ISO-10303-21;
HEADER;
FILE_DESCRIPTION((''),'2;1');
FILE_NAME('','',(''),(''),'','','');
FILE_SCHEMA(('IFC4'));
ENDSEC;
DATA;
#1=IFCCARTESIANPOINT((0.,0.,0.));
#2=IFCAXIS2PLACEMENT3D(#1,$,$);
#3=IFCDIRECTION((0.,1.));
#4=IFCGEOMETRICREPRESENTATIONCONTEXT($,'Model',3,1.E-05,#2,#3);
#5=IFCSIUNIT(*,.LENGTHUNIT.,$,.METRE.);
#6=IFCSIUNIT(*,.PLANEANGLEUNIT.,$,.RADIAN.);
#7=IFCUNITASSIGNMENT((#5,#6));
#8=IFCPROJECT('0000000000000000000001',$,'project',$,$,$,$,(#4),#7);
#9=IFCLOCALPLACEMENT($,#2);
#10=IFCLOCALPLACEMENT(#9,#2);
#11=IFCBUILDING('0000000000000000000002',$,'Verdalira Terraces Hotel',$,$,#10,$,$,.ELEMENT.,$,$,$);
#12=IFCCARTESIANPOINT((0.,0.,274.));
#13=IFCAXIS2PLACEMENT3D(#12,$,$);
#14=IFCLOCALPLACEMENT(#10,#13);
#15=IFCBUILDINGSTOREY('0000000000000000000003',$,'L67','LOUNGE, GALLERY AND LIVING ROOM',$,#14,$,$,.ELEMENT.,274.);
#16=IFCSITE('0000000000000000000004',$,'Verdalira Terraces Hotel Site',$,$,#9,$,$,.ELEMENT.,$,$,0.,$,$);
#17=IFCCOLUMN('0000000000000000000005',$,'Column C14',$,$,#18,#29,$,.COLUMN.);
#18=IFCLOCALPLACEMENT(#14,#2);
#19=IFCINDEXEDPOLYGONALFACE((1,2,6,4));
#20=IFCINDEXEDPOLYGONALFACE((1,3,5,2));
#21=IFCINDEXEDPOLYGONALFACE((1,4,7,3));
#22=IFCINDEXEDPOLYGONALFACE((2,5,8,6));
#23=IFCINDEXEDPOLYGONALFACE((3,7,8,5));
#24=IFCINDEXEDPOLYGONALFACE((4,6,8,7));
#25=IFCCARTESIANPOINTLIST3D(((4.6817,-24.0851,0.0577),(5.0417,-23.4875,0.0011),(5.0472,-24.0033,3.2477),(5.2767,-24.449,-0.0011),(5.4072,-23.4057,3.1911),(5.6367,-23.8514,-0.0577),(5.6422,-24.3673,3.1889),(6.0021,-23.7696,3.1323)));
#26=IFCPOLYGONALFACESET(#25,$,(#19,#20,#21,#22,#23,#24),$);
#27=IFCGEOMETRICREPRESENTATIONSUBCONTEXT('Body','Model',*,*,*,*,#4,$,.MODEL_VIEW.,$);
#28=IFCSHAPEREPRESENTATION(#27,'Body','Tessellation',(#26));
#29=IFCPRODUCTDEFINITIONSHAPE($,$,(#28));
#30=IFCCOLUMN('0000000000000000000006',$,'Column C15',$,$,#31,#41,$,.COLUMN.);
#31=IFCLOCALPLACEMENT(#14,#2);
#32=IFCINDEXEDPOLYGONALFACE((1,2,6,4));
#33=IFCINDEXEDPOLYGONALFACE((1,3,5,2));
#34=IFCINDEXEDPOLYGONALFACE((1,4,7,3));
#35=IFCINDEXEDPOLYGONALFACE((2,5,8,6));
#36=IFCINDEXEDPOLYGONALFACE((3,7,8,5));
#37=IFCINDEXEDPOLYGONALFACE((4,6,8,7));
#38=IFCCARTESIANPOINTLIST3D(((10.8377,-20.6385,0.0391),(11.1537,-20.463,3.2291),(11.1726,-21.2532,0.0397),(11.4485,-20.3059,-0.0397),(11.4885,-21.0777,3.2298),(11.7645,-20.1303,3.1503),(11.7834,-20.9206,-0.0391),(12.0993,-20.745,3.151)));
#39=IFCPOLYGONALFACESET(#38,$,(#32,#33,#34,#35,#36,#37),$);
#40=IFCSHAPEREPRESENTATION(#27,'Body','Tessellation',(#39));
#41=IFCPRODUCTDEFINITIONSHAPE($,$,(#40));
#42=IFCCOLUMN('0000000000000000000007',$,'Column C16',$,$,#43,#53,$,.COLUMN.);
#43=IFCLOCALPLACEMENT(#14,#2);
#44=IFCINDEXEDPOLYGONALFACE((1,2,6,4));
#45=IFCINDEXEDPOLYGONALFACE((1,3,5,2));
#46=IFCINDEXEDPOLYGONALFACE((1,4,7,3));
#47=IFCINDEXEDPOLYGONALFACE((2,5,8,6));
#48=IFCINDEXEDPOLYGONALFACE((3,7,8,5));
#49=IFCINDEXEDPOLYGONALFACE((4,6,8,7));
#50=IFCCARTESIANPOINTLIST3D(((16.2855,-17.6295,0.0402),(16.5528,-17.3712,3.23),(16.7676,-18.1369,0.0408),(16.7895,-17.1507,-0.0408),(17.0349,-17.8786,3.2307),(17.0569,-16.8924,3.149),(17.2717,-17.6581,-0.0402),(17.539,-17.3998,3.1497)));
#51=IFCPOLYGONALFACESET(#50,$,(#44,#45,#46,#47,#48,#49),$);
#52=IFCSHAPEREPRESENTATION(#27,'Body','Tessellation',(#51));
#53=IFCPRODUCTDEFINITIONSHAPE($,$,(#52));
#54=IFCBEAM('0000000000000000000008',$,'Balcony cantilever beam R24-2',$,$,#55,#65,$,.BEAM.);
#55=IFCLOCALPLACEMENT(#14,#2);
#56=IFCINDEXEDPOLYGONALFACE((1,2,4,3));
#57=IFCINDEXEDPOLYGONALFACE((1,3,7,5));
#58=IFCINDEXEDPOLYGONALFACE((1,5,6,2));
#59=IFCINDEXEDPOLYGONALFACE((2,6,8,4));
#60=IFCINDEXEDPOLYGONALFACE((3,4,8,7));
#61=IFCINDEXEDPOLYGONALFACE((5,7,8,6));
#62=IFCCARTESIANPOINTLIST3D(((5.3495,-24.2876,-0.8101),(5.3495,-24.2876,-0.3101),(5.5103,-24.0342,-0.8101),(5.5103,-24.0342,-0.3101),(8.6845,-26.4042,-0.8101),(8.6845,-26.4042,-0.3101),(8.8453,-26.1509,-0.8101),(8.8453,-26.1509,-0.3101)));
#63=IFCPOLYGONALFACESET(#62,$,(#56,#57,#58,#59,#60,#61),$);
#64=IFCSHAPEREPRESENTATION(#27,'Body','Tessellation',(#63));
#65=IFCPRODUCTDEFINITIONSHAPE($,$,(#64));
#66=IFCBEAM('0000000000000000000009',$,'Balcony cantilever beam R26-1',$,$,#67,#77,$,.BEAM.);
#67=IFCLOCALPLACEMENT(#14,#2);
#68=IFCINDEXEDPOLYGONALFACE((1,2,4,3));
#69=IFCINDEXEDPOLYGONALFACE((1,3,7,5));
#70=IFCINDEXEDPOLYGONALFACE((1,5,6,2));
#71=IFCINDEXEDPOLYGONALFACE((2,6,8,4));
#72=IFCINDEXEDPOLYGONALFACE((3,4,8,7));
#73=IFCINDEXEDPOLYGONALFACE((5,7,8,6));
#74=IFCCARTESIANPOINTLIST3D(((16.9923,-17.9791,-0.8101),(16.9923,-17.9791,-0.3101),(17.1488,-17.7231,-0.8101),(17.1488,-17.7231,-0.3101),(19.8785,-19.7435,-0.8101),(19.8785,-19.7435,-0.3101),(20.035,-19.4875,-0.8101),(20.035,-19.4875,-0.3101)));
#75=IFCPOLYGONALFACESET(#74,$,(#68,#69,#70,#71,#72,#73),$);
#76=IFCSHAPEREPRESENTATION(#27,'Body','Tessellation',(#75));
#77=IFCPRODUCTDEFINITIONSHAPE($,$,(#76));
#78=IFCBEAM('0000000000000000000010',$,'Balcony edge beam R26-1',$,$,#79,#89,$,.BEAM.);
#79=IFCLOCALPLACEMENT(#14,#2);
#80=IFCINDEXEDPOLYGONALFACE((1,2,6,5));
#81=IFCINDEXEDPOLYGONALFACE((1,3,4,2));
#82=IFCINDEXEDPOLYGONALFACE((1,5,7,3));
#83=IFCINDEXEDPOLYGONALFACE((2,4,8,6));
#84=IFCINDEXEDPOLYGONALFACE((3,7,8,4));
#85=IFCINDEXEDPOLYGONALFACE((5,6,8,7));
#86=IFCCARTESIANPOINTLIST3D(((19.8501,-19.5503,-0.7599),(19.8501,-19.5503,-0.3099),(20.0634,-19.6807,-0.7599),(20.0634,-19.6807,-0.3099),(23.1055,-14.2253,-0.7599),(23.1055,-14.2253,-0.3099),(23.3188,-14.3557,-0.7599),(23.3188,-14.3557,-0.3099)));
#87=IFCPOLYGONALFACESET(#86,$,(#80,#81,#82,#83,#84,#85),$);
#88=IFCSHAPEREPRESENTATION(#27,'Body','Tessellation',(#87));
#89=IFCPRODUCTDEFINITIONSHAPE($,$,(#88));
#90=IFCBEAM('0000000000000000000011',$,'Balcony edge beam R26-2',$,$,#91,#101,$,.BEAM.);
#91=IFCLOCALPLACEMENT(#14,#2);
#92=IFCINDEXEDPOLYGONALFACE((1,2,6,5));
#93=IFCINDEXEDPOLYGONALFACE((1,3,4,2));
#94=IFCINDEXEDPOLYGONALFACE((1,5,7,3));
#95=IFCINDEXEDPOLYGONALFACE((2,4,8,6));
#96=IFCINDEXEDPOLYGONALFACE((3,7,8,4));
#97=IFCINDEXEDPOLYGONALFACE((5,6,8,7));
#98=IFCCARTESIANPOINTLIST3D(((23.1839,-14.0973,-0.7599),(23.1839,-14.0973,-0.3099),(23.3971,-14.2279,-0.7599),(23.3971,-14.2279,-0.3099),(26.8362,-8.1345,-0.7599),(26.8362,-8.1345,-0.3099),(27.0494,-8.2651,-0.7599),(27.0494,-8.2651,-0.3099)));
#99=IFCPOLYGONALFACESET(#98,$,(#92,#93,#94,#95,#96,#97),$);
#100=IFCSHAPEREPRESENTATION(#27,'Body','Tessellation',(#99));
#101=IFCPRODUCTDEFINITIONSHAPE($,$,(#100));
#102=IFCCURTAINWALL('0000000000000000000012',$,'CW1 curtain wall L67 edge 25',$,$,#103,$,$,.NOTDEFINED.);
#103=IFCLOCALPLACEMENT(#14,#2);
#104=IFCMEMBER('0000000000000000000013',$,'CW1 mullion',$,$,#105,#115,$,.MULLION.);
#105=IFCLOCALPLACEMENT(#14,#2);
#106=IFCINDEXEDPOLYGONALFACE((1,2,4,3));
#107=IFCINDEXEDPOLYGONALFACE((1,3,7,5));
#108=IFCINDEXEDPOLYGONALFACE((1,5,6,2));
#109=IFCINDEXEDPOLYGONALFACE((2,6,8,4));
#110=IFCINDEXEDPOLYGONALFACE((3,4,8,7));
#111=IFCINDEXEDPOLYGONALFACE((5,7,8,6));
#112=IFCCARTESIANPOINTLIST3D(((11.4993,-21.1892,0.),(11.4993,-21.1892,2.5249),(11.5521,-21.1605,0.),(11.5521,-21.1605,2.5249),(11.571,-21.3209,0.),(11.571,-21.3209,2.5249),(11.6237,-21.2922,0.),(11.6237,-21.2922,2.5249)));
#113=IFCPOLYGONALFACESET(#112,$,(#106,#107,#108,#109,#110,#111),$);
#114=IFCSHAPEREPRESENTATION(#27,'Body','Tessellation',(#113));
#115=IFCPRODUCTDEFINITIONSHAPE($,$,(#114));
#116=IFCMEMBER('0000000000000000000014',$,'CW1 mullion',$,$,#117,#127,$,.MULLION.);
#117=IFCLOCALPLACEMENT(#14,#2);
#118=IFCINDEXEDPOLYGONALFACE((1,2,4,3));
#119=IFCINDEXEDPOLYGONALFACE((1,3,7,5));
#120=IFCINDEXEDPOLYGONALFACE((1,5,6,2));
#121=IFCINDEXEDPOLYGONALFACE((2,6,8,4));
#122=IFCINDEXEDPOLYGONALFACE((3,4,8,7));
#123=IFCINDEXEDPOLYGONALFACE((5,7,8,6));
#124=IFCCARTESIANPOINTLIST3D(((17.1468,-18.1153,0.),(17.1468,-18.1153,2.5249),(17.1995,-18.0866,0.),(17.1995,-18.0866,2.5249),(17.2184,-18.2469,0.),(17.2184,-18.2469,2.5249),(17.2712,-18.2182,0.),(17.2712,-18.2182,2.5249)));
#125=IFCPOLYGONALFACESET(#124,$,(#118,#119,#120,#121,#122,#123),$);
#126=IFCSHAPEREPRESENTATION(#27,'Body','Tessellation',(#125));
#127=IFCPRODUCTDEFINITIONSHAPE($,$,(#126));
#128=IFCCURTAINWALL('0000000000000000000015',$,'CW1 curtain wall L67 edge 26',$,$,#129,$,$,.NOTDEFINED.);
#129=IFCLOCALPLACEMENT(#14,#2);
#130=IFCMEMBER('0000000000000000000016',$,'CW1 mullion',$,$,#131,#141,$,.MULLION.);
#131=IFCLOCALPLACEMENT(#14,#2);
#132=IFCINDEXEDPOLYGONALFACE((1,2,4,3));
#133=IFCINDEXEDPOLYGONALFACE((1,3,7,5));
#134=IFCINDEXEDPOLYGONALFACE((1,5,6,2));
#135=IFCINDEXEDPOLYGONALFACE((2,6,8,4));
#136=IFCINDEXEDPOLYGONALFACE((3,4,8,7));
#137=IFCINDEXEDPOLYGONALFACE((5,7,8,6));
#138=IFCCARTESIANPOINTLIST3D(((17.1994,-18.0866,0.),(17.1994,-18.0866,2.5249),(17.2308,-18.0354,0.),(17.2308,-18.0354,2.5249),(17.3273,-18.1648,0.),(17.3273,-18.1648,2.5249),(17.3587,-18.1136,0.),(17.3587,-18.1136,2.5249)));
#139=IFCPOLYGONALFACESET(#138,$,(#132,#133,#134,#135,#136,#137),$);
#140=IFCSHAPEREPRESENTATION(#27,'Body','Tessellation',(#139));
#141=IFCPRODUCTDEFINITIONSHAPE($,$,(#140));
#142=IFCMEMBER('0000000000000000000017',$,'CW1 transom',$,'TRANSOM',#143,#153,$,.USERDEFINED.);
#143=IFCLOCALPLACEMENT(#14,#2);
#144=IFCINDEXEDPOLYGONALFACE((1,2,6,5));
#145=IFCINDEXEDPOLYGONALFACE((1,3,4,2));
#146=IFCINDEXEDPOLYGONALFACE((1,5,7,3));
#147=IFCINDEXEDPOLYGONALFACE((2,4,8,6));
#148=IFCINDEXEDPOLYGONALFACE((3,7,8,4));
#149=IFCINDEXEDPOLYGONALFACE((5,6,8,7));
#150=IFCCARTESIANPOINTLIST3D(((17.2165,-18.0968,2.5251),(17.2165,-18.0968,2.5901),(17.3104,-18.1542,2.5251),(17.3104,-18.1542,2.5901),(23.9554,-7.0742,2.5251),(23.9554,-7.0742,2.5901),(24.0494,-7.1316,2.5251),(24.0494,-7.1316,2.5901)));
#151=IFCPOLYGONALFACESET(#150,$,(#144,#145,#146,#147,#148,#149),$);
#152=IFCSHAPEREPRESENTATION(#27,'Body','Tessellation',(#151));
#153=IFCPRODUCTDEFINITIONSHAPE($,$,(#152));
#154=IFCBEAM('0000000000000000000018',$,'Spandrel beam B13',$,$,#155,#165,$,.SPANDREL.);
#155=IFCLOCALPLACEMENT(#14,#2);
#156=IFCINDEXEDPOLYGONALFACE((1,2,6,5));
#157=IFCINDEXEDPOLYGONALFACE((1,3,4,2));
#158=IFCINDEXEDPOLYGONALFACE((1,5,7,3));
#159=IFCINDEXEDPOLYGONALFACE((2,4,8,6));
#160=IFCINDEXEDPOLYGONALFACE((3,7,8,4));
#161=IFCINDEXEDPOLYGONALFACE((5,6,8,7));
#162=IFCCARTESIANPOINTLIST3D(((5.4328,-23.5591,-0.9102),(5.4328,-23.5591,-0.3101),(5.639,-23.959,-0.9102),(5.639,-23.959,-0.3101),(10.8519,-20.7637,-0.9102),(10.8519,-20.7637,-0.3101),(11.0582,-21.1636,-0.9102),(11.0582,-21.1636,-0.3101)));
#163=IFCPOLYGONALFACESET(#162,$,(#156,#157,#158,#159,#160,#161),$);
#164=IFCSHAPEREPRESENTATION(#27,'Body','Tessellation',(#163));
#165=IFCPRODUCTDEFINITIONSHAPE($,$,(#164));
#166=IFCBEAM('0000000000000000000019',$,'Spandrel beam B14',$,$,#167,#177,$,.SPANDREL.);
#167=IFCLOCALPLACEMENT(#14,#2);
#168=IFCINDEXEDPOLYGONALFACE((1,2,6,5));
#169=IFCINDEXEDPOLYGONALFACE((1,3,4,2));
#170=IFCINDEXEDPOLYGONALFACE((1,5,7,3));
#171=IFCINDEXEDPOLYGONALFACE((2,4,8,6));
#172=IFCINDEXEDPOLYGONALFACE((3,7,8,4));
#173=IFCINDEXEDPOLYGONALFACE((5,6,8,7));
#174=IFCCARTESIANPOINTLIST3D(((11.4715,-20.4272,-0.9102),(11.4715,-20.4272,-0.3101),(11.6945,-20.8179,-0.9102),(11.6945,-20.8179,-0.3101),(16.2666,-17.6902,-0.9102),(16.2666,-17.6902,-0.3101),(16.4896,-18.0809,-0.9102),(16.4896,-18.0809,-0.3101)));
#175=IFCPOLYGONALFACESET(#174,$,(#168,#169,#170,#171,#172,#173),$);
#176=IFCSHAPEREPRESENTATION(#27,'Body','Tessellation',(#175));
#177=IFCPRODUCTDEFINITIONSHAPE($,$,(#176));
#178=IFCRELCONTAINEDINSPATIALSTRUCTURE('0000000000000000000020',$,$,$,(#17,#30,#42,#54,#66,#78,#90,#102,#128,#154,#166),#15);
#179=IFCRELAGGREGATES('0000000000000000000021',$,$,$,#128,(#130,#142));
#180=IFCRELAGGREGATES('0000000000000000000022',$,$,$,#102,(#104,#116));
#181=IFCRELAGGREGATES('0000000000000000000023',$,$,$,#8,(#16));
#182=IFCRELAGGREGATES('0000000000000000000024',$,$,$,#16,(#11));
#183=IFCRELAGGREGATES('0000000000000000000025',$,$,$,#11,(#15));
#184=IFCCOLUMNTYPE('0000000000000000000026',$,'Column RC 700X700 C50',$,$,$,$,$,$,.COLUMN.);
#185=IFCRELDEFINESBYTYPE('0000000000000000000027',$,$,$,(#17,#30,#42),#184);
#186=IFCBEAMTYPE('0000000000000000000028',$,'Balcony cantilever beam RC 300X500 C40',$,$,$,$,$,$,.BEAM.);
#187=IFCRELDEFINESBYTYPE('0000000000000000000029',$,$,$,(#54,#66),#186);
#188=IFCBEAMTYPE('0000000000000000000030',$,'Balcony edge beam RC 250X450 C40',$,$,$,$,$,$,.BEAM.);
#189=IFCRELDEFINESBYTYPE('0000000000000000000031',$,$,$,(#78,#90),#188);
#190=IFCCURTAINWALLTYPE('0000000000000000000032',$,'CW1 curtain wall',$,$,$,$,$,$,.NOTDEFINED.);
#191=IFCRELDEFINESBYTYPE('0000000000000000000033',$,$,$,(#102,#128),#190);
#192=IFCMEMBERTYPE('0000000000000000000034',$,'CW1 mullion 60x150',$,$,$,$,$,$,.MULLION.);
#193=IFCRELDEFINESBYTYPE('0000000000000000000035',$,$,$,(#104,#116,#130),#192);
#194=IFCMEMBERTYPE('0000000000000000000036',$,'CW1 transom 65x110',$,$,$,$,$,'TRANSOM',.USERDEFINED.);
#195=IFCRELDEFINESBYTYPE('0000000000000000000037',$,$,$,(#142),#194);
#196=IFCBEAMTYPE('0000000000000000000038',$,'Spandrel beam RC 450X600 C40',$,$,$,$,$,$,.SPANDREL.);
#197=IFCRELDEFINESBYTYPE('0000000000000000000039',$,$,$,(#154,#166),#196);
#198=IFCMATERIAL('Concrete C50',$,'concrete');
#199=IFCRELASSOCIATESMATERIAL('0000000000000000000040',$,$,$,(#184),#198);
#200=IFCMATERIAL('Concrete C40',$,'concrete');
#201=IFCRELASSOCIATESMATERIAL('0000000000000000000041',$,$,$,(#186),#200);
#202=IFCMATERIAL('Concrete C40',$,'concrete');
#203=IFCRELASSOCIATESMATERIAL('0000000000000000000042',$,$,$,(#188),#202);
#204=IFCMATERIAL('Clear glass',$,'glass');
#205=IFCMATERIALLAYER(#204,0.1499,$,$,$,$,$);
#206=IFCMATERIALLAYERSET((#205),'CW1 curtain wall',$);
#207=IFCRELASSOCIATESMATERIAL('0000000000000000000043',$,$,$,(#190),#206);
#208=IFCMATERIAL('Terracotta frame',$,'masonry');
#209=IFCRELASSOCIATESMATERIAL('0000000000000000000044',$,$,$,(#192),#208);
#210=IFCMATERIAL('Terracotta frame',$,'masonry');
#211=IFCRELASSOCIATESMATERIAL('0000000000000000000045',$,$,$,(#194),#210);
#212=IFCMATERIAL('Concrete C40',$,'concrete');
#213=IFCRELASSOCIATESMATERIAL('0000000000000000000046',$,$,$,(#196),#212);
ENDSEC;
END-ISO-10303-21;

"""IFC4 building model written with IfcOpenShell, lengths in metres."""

from ifc_helpers import new_model, si_unit, direction, frame, origin, origin_2d, place, context, subcontext, project, spatial, rectangle, extrude, material, layer, layer_set, material_profile, profile_set, type_object, element, aggregate, save


model = new_model("IFC4")

# Units and contexts
model_context = context("Model", 3, precision=1e-05, world=origin(), true_north=direction((0.0, 1.0)))
body_context = subcontext(model_context, "Body", "Model", "MODEL_VIEW")
ifc_project = project(units=[si_unit("LENGTHUNIT", "METRE"), si_unit("PLANEANGLEUNIT", "RADIAN")], contexts=[model_context])

# Site, building, storey
site_placement = place(None, origin())
site = spatial("IfcSite", under=ifc_project, at=site_placement, Name="Verdalira Terraces Hotel Site", CompositionType="ELEMENT", RefElevation=0.0)
building_placement = place(site_placement, origin())
building = spatial("IfcBuilding", under=site, at=building_placement, Name="Verdalira Terraces Hotel", CompositionType="ELEMENT")
storey_placement = place(building_placement, frame((0.0, 0.0, 274.0)))
storey = spatial("IfcBuildingStorey", under=building, at=storey_placement, Name="L67", Description="LOUNGE, GALLERY AND LIVING ROOM", CompositionType="ELEMENT", Elevation=274.0)

# Columns
ifc_material_1 = material(Name="Concrete C50", Category="concrete")
ifc_material_profile_1 = material_profile(ifc_material_1, rectangle(XDim=0.7, YDim=0.7, at=origin_2d()), Name="RC 700X700")
ifc_profile_set_1 = profile_set([ifc_material_profile_1], Name="Concrete C50")
column_type = type_object("IfcColumnType", Name="Column RC 700X700 C50", PredefinedType="COLUMN", material=ifc_profile_set_1)
column_1_placement = place(storey_placement, frame((5.1592, -23.9683, 0.0), z_axis=(0.113791, 0.025464, 0.993178), x_axis=(-0.514281, -0.853806, 0.080813)))
element("IfcColumn", 1, at=column_1_placement, inside=storey, type_object=column_type, Name="Column C14", PredefinedType="COLUMN", context=body_context, shape_type="SweptSolid", body=[
    extrude(rectangle(XDim=0.7, YDim=0.7, at=origin_2d()), origin(), (0.0, 0.0, 1.0), 3.2119),
])
column_2_placement = place(storey_placement, frame((11.3105, -20.7795, 0.0), z_axis=(0.098406, 0.054679, 0.993643), x_axis=(0.872633, 0.475225, -0.112573)))
element("IfcColumn", 2, at=column_2_placement, inside=storey, type_object=column_type, Name="Column C15", PredefinedType="COLUMN", context=body_context, shape_type="SweptSolid", body=[
    extrude(rectangle(XDim=0.7, YDim=0.7, at=origin_2d()), origin(), (0.0, 0.0, 1.0), 3.2104),
])
column_3_placement = place(storey_placement, frame((16.7786, -17.6438, 0.0), z_axis=(0.083242, 0.080429, 0.993278), x_axis=(-0.720153, -0.684092, 0.115746)))
element("IfcColumn", 3, at=column_3_placement, inside=storey, type_object=column_type, Name="Column C16", PredefinedType="COLUMN", context=body_context, shape_type="SweptSolid", body=[
    extrude(rectangle(XDim=0.7, YDim=0.7, at=origin_2d()), origin(), (0.0, 0.0, 1.0), 3.2114),
])

# Beams
ifc_material_2 = material(Name="Concrete C40", Category="concrete")
ifc_material_profile_2 = material_profile(ifc_material_2, rectangle(XDim=0.3, YDim=0.5, at=origin_2d()), Name="RC 300X500")
ifc_profile_set_2 = profile_set([ifc_material_profile_2], Name="Concrete C40")
beam_type_1 = type_object("IfcBeamType", Name="Balcony cantilever beam RC 300X500 C40", PredefinedType="BEAM", material=ifc_profile_set_2)
beam_1_placement = place(storey_placement, frame((5.4299, -24.1609, -0.5601), z_axis=(0.844297, -0.535875, 0.0), x_axis=(0.535875, 0.844297, 0.0)))
element("IfcBeam", 4, at=beam_1_placement, inside=storey, type_object=beam_type_1, Name="Balcony cantilever beam R24-2", PredefinedType="BEAM", context=body_context, shape_type="SweptSolid", body=[
    extrude(rectangle(XDim=0.3, YDim=0.5, at=origin_2d()), origin(), (0.0, 0.0, 1.0), 3.95),
])
beam_2_placement = place(storey_placement, frame((17.0706, -17.8511, -0.5601), z_axis=(0.853203, -0.521578, 0.0), x_axis=(0.521578, 0.853203, 0.0)))
element("IfcBeam", 5, at=beam_2_placement, inside=storey, type_object=beam_type_1, Name="Balcony cantilever beam R26-1", PredefinedType="BEAM", context=body_context, shape_type="SweptSolid", body=[
    extrude(rectangle(XDim=0.3, YDim=0.5, at=origin_2d()), origin(), (0.0, 0.0, 1.0), 3.3828),
])
ifc_material_3 = material(Name="Concrete C40", Category="concrete")
ifc_material_profile_3 = material_profile(ifc_material_3, rectangle(XDim=0.25, YDim=0.45, at=origin_2d()), Name="RC 250X450")
ifc_profile_set_3 = profile_set([ifc_material_profile_3], Name="Concrete C40")
beam_type_2 = type_object("IfcBeamType", Name="Balcony edge beam RC 250X450 C40", PredefinedType="BEAM", material=ifc_profile_set_3)
beam_3_placement = place(storey_placement, frame((19.9568, -19.6155, -0.5349), z_axis=(0.521594, 0.853194, 0.0), x_axis=(-0.853194, 0.521594, 0.0)))
element("IfcBeam", 6, at=beam_3_placement, inside=storey, type_object=beam_type_2, Name="Balcony edge beam R26-1", PredefinedType="BEAM", context=body_context, shape_type="SweptSolid", body=[
    extrude(rectangle(XDim=0.25, YDim=0.45, at=origin_2d()), origin(), (0.0, 0.0, 1.0), 6.2412),
])
beam_4_placement = place(storey_placement, frame((23.2905, -14.1626, -0.5349), z_axis=(0.52232, 0.85275, 0.0), x_axis=(-0.85275, 0.52232, 0.0)))
element("IfcBeam", 7, at=beam_4_placement, inside=storey, type_object=beam_type_2, Name="Balcony edge beam R26-2", PredefinedType="BEAM", context=body_context, shape_type="SweptSolid", body=[
    extrude(rectangle(XDim=0.25, YDim=0.45, at=origin_2d()), origin(), (0.0, 0.0, 1.0), 6.9924),
])

# Curtain walls, members
ifc_material_4 = material(Name="Clear glass", Category="glass")
ifc_layer_1 = layer(ifc_material_4, 0.1499)
ifc_layer_set_1 = layer_set([ifc_layer_1], Name="CW1 curtain wall")
curtain_wall_type = type_object("IfcCurtainWallType", Name="CW1 curtain wall", PredefinedType="NOTDEFINED", material=ifc_layer_set_1)
curtain_wall_1_placement = place(storey_placement, origin())
curtain_wall_1 = element("IfcCurtainWall", 8, at=curtain_wall_1_placement, inside=storey, type_object=curtain_wall_type, Name="CW1 curtain wall L67 edge 25", PredefinedType="NOTDEFINED")
ifc_material_5 = material(Name="Terracotta frame", Category="masonry")
ifc_material_profile_4 = material_profile(ifc_material_5, rectangle(XDim=0.0601, YDim=0.1499, at=origin_2d()), Name="MU 60x150")
ifc_profile_set_4 = profile_set([ifc_material_profile_4], Name="Terracotta frame")
member_type_1 = type_object("IfcMemberType", Name="CW1 mullion 60x150", PredefinedType="MULLION", material=ifc_profile_set_4)
member_1_placement = place(storey_placement, frame((11.5615, -21.2407, 0.0), z_axis=(0.0, 0.0, 1.0), x_axis=(0.878317, 0.478079, 0.0)))
member_1 = element("IfcMember", 9, at=member_1_placement, type_object=member_type_1, Name="CW1 mullion", PredefinedType="MULLION", context=body_context, shape_type="SweptSolid", body=[
    extrude(rectangle(XDim=0.0601, YDim=0.1499, at=origin_2d()), origin(), (0.0, 0.0, 1.0), 2.5249),
])
member_2_placement = place(storey_placement, frame((17.209, -18.1667, 0.0), z_axis=(0.0, 0.0, 1.0), x_axis=(0.878317, 0.478079, 0.0)))
member_2 = element("IfcMember", 10, at=member_2_placement, type_object=member_type_1, Name="CW1 mullion", PredefinedType="MULLION", context=body_context, shape_type="SweptSolid", body=[
    extrude(rectangle(XDim=0.0601, YDim=0.1499, at=origin_2d()), origin(), (0.0, 0.0, 1.0), 2.5249),
])
curtain_wall_2_placement = place(storey_placement, origin())
curtain_wall_2 = element("IfcCurtainWall", 11, at=curtain_wall_2_placement, inside=storey, type_object=curtain_wall_type, Name="CW1 curtain wall L67 edge 26", PredefinedType="NOTDEFINED")
member_3_placement = place(storey_placement, frame((17.2791, -18.1001, 0.0), z_axis=(0.0, 0.0, 1.0), x_axis=(0.521605, 0.853187, 0.0)))
member_3 = element("IfcMember", 12, at=member_3_placement, type_object=member_type_1, Name="CW1 mullion", PredefinedType="MULLION", context=body_context, shape_type="SweptSolid", body=[
    extrude(rectangle(XDim=0.0601, YDim=0.1499, at=origin_2d()), origin(), (0.0, 0.0, 1.0), 2.5249),
])
ifc_material_6 = material(Name="Terracotta frame", Category="masonry")
ifc_material_profile_5 = material_profile(ifc_material_6, rectangle(XDim=0.1101, YDim=0.0649, at=origin_2d()), Name="TR 65x110")
ifc_profile_set_5 = profile_set([ifc_material_profile_5], Name="Terracotta frame")
member_type_2 = type_object("IfcMemberType", Name="CW1 transom 65x110", ElementType="TRANSOM", PredefinedType="USERDEFINED", material=ifc_profile_set_5)
member_4_placement = place(storey_placement, frame((17.2634, -18.1255, 2.5576), z_axis=(0.521614, 0.853181, 0.0), x_axis=(-0.853181, 0.521614, 0.0)))
member_4 = element("IfcMember", 13, at=member_4_placement, type_object=member_type_2, Name="CW1 transom", ObjectType="TRANSOM", PredefinedType="USERDEFINED", context=body_context, shape_type="SweptSolid", body=[
    extrude(rectangle(XDim=0.1101, YDim=0.0649, at=origin_2d()), origin(), (0.0, 0.0, 1.0), 12.9194),
])
aggregate(curtain_wall_2, [member_3, member_4])

# Beams
ifc_material_7 = material(Name="Concrete C40", Category="concrete")
ifc_material_profile_6 = material_profile(ifc_material_7, rectangle(XDim=0.45, YDim=0.6001, at=origin_2d()), Name="RC 450X600")
ifc_profile_set_6 = profile_set([ifc_material_profile_6], Name="Concrete C40")
beam_type_3 = type_object("IfcBeamType", Name="Spandrel beam RC 450X600 C40", PredefinedType="SPANDREL", material=ifc_profile_set_6)
beam_5_placement = place(storey_placement, frame((5.5359, -23.759, -0.6101), z_axis=(0.888727, 0.458437, 0.0), x_axis=(-0.458437, 0.888727, 0.0)))
element("IfcBeam", 14, at=beam_5_placement, inside=storey, type_object=beam_type_3, Name="Spandrel beam B13", PredefinedType="SPANDREL", context=body_context, shape_type="SweptSolid", body=[
    extrude(rectangle(XDim=0.45, YDim=0.6001, at=origin_2d()), origin(), (0.0, 0.0, 1.0), 6.0977),
])
beam_6_placement = place(storey_placement, frame((11.583, -20.6226, -0.6101), z_axis=(0.86848, 0.495725, 0.0), x_axis=(-0.495725, 0.86848, 0.0)))
element("IfcBeam", 15, at=beam_6_placement, inside=storey, type_object=beam_type_3, Name="Spandrel beam B14", PredefinedType="SPANDREL", context=body_context, shape_type="SweptSolid", body=[
    extrude(rectangle(XDim=0.45, YDim=0.6001, at=origin_2d()), origin(), (0.0, 0.0, 1.0), 5.5212),
])

aggregate(curtain_wall_1, [member_1, member_2])

save(model, "model.ifc")
